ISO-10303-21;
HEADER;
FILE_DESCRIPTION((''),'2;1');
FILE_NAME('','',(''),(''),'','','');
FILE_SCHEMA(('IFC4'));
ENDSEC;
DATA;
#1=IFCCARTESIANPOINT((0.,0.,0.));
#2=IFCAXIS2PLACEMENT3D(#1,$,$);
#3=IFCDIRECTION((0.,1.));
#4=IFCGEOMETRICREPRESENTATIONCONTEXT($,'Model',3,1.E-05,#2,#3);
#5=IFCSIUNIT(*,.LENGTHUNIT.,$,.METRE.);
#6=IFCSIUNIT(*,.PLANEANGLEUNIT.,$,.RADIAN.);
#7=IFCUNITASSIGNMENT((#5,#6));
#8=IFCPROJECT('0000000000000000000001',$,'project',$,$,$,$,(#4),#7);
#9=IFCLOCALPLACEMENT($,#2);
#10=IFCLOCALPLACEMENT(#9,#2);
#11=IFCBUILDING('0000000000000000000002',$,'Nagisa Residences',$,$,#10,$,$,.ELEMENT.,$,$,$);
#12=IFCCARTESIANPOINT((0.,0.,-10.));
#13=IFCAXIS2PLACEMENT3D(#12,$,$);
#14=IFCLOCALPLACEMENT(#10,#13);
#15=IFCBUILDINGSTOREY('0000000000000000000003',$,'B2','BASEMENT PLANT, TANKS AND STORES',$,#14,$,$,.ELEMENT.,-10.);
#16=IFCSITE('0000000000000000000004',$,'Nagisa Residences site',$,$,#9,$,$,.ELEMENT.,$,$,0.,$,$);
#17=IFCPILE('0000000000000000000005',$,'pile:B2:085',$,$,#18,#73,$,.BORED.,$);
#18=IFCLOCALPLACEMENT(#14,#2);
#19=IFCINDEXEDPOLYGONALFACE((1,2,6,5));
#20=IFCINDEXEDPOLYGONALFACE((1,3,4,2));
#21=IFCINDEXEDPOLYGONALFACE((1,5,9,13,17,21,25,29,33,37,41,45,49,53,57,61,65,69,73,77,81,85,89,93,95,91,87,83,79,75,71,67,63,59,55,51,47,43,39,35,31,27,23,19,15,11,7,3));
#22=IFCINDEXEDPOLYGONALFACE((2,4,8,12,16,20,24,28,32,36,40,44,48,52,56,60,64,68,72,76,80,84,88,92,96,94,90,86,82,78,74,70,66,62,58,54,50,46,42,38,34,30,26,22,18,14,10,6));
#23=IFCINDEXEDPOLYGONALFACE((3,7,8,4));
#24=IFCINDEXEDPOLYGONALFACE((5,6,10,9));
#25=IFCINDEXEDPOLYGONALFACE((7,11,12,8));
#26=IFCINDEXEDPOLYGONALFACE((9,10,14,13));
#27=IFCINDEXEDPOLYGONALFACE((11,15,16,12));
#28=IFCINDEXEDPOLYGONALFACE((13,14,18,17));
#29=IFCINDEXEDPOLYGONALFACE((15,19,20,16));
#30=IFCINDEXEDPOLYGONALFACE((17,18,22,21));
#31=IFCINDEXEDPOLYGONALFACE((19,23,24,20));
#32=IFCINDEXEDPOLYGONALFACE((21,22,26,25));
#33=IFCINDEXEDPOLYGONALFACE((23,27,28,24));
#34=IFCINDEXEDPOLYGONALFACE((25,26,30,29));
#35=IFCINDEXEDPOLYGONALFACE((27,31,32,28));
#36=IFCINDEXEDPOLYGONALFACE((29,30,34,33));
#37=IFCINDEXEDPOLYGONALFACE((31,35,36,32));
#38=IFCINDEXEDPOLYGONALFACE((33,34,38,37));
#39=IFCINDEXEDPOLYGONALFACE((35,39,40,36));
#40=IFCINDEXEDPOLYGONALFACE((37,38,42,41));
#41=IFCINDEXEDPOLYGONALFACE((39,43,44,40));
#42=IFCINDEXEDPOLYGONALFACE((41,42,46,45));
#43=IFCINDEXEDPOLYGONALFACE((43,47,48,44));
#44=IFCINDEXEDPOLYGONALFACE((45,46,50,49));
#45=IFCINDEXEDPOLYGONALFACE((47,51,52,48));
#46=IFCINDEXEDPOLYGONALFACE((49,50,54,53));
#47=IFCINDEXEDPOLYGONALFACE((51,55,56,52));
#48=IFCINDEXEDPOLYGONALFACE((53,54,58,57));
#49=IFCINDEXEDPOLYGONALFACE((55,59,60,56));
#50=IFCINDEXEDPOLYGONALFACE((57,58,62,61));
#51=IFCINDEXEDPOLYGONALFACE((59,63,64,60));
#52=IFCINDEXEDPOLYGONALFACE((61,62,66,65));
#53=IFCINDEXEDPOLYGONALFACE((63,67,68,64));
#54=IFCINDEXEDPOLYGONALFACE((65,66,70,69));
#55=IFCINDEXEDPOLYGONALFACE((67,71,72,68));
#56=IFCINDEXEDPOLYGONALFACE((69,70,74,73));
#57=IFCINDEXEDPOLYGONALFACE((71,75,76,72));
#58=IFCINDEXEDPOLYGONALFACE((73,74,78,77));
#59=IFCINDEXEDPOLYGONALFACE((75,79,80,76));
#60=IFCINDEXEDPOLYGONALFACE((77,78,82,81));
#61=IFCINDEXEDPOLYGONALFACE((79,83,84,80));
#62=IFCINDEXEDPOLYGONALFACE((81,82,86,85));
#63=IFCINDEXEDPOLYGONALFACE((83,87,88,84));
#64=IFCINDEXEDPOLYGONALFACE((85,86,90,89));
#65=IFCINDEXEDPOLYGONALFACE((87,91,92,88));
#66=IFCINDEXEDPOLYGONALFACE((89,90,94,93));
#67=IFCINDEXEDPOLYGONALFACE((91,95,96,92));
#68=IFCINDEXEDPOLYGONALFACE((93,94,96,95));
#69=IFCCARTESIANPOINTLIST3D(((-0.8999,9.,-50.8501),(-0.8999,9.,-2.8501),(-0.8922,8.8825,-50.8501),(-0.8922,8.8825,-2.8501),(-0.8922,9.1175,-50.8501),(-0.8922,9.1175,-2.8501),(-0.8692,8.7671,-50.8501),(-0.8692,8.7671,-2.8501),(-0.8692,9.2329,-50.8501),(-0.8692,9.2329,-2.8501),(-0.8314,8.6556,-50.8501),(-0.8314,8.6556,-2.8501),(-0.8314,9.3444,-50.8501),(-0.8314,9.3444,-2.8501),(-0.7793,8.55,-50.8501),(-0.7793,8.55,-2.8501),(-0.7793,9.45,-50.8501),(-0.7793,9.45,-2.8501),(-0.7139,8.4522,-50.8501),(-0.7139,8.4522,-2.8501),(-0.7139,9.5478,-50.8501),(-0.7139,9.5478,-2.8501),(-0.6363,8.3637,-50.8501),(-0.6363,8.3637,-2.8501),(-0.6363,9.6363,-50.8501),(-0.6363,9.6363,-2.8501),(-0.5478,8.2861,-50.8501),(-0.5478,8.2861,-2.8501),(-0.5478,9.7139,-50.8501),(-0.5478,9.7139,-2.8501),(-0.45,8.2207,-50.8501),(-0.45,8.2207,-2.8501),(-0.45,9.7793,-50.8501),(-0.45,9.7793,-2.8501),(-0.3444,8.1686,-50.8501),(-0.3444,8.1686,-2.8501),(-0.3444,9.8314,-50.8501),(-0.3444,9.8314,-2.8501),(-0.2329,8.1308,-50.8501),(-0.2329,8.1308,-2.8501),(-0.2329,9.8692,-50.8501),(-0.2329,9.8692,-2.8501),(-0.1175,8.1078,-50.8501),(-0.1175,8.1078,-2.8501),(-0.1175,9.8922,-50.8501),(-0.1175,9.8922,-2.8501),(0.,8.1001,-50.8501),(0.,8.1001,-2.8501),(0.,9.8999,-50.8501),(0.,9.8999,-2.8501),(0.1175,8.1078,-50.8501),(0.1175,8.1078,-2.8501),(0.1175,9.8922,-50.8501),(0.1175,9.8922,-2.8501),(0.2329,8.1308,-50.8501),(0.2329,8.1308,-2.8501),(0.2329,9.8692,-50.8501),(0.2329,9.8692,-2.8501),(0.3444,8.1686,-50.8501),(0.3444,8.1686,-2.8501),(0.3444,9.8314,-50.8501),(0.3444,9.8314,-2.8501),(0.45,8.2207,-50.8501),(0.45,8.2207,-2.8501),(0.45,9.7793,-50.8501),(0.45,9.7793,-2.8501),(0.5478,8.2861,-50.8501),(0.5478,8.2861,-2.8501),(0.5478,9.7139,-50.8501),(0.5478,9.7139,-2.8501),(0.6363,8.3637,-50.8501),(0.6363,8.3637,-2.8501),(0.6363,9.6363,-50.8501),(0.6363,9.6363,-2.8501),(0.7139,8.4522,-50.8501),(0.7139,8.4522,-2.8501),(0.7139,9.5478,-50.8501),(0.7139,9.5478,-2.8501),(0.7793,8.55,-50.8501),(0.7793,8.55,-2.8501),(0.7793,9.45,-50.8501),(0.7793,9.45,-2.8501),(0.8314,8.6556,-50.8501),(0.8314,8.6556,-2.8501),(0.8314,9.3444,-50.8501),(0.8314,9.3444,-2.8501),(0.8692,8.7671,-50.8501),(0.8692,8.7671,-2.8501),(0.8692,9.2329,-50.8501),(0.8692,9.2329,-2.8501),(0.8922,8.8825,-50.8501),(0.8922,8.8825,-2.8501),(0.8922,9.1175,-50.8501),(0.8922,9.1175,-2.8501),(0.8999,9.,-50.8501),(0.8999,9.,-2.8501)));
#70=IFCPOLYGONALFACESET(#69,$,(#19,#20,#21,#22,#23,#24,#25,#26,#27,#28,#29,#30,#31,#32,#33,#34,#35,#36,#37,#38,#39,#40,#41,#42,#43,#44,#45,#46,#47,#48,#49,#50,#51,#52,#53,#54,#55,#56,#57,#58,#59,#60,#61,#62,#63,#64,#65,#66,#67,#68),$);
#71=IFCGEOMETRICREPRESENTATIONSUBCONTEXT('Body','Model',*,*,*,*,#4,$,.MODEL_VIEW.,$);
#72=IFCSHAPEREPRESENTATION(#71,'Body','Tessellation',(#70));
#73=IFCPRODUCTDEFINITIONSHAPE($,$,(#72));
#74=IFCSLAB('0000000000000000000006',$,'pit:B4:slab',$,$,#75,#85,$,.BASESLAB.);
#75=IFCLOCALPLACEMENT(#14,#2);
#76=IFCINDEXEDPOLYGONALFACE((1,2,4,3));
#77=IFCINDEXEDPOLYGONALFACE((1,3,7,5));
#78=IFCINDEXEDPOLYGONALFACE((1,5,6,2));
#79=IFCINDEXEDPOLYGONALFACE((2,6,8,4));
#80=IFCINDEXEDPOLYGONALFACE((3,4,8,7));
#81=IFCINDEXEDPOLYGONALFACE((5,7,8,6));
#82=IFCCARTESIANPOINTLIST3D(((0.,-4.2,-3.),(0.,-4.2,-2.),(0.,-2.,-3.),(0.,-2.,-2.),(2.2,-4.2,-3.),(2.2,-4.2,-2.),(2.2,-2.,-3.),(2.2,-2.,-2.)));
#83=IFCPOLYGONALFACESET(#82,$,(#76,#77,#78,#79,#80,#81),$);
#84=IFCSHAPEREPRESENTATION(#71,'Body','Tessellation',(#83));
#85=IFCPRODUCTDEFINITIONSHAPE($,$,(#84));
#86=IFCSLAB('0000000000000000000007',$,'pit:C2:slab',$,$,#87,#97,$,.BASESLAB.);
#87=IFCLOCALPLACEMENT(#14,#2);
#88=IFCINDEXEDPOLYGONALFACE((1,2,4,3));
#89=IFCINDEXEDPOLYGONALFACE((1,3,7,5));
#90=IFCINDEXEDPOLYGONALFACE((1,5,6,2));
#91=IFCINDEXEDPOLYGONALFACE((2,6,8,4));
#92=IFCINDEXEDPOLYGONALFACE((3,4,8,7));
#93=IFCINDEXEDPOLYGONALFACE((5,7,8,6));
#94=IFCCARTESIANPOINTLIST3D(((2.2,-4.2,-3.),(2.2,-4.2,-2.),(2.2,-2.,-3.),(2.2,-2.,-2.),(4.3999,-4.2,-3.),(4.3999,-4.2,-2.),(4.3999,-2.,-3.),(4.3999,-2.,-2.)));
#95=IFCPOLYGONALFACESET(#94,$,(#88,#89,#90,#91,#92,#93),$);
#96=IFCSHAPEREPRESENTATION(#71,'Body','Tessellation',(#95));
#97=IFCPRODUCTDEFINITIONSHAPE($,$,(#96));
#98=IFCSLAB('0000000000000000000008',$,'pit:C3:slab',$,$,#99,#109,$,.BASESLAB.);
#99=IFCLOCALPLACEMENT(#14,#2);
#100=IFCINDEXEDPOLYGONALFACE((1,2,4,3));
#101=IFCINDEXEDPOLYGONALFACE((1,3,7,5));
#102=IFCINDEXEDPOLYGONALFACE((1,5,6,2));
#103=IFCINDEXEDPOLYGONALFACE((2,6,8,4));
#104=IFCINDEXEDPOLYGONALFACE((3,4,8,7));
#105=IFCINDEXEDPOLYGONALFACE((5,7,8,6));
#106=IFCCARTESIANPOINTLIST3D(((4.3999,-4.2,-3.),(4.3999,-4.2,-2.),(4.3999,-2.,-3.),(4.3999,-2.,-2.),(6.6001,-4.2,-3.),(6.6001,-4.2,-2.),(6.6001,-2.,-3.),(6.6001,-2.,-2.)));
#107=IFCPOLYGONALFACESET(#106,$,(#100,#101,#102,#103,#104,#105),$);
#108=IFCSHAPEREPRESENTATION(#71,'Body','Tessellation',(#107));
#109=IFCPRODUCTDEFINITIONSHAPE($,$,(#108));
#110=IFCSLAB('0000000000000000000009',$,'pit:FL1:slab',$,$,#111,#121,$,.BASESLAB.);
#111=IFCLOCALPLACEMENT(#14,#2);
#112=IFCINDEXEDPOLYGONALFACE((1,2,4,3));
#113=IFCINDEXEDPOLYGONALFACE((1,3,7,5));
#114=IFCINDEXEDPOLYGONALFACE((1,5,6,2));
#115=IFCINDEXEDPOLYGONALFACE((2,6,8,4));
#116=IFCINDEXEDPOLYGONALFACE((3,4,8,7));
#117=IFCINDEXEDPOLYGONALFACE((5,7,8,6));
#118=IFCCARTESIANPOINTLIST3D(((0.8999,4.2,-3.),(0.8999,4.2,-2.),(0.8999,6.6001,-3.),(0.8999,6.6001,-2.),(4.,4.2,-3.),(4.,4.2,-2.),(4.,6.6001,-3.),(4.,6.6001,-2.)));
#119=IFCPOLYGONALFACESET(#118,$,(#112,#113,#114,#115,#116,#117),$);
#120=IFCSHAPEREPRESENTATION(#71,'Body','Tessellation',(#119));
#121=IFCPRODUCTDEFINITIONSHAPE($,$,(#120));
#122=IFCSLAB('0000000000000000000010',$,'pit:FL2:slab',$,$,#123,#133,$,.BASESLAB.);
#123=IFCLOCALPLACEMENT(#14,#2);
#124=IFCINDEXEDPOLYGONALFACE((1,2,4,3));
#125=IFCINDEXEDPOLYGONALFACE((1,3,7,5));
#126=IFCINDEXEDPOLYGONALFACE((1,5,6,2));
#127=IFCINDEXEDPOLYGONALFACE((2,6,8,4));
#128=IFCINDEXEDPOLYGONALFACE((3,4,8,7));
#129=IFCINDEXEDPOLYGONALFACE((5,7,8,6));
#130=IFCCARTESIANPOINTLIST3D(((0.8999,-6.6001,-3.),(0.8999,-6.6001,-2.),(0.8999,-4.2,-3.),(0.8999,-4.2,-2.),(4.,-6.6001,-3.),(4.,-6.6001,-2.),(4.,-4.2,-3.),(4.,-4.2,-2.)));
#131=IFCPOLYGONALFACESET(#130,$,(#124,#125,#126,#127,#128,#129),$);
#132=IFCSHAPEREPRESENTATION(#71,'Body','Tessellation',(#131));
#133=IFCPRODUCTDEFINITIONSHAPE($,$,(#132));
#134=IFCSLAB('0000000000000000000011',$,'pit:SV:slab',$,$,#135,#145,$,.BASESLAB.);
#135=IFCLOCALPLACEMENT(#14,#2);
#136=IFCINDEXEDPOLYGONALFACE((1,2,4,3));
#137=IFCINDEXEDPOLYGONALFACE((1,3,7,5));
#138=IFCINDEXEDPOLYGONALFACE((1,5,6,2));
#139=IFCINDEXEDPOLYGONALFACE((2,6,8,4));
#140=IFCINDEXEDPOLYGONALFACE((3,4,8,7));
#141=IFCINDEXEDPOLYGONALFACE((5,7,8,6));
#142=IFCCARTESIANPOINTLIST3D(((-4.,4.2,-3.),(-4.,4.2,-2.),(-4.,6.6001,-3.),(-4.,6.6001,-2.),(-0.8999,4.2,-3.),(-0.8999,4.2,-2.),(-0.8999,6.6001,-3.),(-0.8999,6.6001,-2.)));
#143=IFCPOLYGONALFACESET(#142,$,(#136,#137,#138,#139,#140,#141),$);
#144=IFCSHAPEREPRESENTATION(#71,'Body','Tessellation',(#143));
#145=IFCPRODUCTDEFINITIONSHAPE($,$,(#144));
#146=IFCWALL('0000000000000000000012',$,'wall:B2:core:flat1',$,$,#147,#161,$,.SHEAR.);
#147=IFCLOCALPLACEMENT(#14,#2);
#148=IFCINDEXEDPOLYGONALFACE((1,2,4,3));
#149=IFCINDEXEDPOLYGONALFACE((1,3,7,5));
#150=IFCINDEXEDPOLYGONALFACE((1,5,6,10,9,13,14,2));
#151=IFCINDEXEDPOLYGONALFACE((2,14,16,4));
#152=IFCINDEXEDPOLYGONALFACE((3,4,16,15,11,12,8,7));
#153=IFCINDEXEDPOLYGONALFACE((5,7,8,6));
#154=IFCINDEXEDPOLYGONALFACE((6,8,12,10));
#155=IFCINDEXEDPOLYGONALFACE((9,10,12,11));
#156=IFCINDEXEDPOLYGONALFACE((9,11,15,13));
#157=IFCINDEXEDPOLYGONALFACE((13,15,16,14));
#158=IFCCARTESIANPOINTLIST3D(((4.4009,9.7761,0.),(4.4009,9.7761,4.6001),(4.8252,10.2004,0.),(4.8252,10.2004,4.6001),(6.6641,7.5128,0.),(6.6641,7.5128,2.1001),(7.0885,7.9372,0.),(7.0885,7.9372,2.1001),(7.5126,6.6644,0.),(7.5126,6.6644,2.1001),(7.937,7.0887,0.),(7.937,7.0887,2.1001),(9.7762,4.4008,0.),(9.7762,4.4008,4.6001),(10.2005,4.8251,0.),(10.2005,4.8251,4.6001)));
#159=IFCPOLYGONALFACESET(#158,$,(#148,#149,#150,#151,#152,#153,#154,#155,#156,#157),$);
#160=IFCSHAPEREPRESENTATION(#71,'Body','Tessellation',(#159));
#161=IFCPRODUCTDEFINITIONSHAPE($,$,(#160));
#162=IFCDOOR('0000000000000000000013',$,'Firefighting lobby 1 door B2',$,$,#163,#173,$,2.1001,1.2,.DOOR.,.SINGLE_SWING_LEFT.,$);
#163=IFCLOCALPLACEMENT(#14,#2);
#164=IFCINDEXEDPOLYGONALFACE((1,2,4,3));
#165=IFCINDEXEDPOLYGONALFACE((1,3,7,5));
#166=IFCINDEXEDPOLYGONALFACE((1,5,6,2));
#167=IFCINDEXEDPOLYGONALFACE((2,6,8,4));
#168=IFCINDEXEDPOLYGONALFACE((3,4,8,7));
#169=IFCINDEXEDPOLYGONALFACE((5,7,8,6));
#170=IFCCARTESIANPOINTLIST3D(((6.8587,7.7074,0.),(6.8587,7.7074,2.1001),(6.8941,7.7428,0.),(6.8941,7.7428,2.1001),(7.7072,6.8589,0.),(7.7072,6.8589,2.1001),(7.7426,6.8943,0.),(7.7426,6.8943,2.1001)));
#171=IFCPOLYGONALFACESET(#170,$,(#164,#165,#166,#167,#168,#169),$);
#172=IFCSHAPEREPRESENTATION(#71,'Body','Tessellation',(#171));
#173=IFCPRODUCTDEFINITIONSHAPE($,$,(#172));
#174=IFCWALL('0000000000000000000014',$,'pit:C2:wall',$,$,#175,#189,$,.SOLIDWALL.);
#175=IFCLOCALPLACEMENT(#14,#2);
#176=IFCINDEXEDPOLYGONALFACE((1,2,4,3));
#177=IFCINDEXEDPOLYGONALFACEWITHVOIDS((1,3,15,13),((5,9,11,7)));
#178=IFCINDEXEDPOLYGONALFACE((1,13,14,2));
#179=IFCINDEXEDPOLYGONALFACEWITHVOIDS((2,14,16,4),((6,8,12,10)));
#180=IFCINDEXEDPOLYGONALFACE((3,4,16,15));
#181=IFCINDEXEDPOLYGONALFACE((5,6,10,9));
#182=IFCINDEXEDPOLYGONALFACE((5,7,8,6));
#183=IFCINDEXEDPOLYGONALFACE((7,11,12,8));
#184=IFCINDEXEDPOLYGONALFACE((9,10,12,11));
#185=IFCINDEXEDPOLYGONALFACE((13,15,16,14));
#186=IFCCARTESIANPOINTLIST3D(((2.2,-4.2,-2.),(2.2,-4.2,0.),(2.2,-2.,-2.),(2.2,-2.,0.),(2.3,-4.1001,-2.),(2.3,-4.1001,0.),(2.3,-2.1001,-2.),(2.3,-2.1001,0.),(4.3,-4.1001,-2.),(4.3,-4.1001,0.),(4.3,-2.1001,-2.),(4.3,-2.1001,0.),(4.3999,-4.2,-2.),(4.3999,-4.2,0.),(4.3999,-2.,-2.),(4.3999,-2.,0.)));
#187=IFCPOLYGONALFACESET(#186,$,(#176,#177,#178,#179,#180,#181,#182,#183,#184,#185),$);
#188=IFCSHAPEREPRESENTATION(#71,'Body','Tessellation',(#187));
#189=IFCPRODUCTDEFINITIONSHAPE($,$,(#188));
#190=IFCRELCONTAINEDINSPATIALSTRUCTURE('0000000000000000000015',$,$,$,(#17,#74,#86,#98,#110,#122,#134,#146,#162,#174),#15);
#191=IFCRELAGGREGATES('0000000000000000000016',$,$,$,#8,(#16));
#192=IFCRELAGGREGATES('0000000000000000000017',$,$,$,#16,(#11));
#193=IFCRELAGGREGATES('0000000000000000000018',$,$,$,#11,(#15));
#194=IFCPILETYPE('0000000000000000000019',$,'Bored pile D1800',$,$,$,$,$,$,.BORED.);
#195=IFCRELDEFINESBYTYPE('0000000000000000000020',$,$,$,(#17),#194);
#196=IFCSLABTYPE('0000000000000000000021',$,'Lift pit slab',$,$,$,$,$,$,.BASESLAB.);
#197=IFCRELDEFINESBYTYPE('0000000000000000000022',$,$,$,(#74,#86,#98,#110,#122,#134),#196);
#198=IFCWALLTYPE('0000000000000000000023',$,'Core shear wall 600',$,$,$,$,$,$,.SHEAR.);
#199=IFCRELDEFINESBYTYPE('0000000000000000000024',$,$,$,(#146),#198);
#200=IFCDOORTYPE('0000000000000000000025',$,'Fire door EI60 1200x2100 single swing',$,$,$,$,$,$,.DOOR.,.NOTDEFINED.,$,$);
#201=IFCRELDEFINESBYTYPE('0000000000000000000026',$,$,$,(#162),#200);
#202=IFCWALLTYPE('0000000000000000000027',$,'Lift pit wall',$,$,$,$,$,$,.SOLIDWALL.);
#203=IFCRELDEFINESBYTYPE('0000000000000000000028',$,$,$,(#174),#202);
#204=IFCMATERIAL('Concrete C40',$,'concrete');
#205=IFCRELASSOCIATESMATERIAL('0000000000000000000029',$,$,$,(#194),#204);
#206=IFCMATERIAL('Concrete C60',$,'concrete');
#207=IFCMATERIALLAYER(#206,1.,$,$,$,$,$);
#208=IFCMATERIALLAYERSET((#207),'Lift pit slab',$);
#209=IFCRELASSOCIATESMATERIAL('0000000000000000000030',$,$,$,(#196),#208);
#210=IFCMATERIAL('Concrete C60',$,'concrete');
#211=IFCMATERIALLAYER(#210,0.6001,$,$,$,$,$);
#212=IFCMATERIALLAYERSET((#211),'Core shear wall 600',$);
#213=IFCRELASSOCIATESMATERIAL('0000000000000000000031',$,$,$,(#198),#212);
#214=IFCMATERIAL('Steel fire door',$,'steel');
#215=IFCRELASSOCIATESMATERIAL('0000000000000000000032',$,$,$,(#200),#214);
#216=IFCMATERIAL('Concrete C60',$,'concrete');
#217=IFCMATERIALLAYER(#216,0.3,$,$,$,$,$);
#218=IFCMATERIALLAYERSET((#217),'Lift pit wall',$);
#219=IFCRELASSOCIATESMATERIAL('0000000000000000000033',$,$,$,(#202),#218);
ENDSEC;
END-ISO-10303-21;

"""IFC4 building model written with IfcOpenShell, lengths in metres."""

from ifc_helpers import new_model, si_unit, direction, frame, frame_2d, origin, origin_2d, place, context, subcontext, project, spatial, polyline, rectangle, circle, outline, extrude, material, layer, layer_set, material_profile, profile_set, type_object, element, fill, save


model = new_model("IFC4")

# Units and contexts
model_context = context("Model", 3, precision=1e-05, world=origin(), true_north=direction((0.0, 1.0)))
body_context = subcontext(model_context, "Body", "Model", "MODEL_VIEW")
ifc_project = project(units=[si_unit("LENGTHUNIT", "METRE"), si_unit("PLANEANGLEUNIT", "RADIAN")], contexts=[model_context])

# Site, building, storey
site_placement = place(None, origin())
site = spatial("IfcSite", under=ifc_project, at=site_placement, Name="Nagisa Residences site", CompositionType="ELEMENT", RefElevation=0.0)
building_placement = place(site_placement, origin())
building = spatial("IfcBuilding", under=site, at=building_placement, Name="Nagisa Residences", CompositionType="ELEMENT")
storey_placement = place(building_placement, frame((0.0, 0.0, -10.0)))
storey = spatial("IfcBuildingStorey", under=building, at=storey_placement, Name="B2", Description="BASEMENT PLANT, TANKS AND STORES", CompositionType="ELEMENT", Elevation=-10.0)

# Pile
ifc_material_1 = material(Name="Concrete C40", Category="concrete")
ifc_material_profile = material_profile(ifc_material_1, circle(Radius=0.8999, at=origin_2d()), Name="Bored pile D1800")
ifc_profile_set = profile_set([ifc_material_profile], Name="Concrete C40")
pile_type = type_object("IfcPileType", Name="Bored pile D1800", PredefinedType="BORED", material=ifc_profile_set)
pile_placement = place(storey_placement, frame((0.0, 9.0, -2.8501), z_axis=(0.0, 0.0, -1.0), x_axis=(1.0, 0.0, 0.0)))
element("IfcPile", 1, at=pile_placement, inside=storey, type_object=pile_type, Name="pile:B2:085", PredefinedType="BORED", context=body_context, shape_type="SweptSolid", body=[
    extrude(circle(Radius=0.8999, at=origin_2d()), origin(), (0.0, 0.0, 1.0), 48.0),
])

# Slabs
ifc_material_2 = material(Name="Concrete C60", Category="concrete")
ifc_layer_1 = layer(ifc_material_2, 1.0)
ifc_layer_set_1 = layer_set([ifc_layer_1], Name="Lift pit slab")
slab_type = type_object("IfcSlabType", Name="Lift pit slab", PredefinedType="BASESLAB", material=ifc_layer_set_1)
slab_1_placement = place(storey_placement, frame((0.0, 0.0, -3.0)))
element("IfcSlab", 2, at=slab_1_placement, inside=storey, type_object=slab_type, Name="pit:B4:slab", PredefinedType="BASESLAB", context=body_context, shape_type="SweptSolid", body=[
    extrude(outline(polyline([(2.2, -4.2), (0.0, -4.2), (0.0, -2.0), (2.2, -2.0), (2.2, -4.2)])), origin(), (0.0, 0.0, 1.0), 1.0),
])
slab_2_placement = place(storey_placement, frame((0.0, 0.0, -3.0)))
element("IfcSlab", 3, at=slab_2_placement, inside=storey, type_object=slab_type, Name="pit:C2:slab", PredefinedType="BASESLAB", context=body_context, shape_type="SweptSolid", body=[
    extrude(outline(polyline([(4.3999, -4.2), (2.2, -4.2), (2.2, -2.0), (4.3999, -2.0), (4.3999, -4.2)])), origin(), (0.0, 0.0, 1.0), 1.0),
])
slab_3_placement = place(storey_placement, frame((0.0, 0.0, -3.0)))
element("IfcSlab", 4, at=slab_3_placement, inside=storey, type_object=slab_type, Name="pit:C3:slab", PredefinedType="BASESLAB", context=body_context, shape_type="SweptSolid", body=[
    extrude(outline(polyline([(6.6001, -4.2), (4.3999, -4.2), (4.3999, -2.0), (6.6001, -2.0), (6.6001, -4.2)])), origin(), (0.0, 0.0, 1.0), 1.0),
])
slab_4_placement = place(storey_placement, frame((0.0, 0.0, -3.0)))
element("IfcSlab", 5, at=slab_4_placement, inside=storey, type_object=slab_type, Name="pit:FL1:slab", PredefinedType="BASESLAB", context=body_context, shape_type="SweptSolid", body=[
    extrude(outline(polyline([(4.0, 4.2), (0.8999, 4.2), (0.8999, 6.6001), (4.0, 6.6001), (4.0, 4.2)])), origin(), (0.0, 0.0, 1.0), 1.0),
])
slab_5_placement = place(storey_placement, frame((0.0, 0.0, -3.0)))
element("IfcSlab", 6, at=slab_5_placement, inside=storey, type_object=slab_type, Name="pit:FL2:slab", PredefinedType="BASESLAB", context=body_context, shape_type="SweptSolid", body=[
    extrude(outline(polyline([(4.0, -6.6001), (0.8999, -6.6001), (0.8999, -4.2), (4.0, -4.2), (4.0, -6.6001)])), origin(), (0.0, 0.0, 1.0), 1.0),
])
slab_6_placement = place(storey_placement, frame((0.0, 0.0, -3.0)))
element("IfcSlab", 7, at=slab_6_placement, inside=storey, type_object=slab_type, Name="pit:SV:slab", PredefinedType="BASESLAB", context=body_context, shape_type="SweptSolid", body=[
    extrude(outline(polyline([(-0.8999, 4.2), (-4.0, 4.2), (-4.0, 6.6001), (-0.8999, 6.6001), (-0.8999, 4.2)])), origin(), (0.0, 0.0, 1.0), 1.0),
])

# Wall, opening, door
ifc_material_3 = material(Name="Concrete C60", Category="concrete")
ifc_layer_2 = layer(ifc_material_3, 0.6001)
ifc_layer_set_2 = layer_set([ifc_layer_2], Name="Core shear wall 600")
wall_type_1 = type_object("IfcWallType", Name="Core shear wall 600", PredefinedType="SHEAR", material=ifc_layer_set_2)
wall_1_placement = place(storey_placement, frame((9.9883, 4.613, 0.0), z_axis=(0.0, 0.0, 1.0), x_axis=(-0.707107, 0.707107, 0.0)))
wall_1 = element("IfcWall", 8, at=wall_1_placement, inside=storey, type_object=wall_type_1, Name="wall:B2:core:flat1", PredefinedType="SHEAR", context=body_context, shape_type="SweptSolid", body=[
    extrude(rectangle(XDim=7.6018, YDim=0.6001, at=frame_2d((3.8008, 0.0))), origin(), (0.0, 0.0, 1.0), 4.6001),
])
opening_1_placement = place(wall_1_placement, frame((3.2009, 0.0, 0.0)))
opening_1 = element("IfcOpeningElement", 9, at=opening_1_placement, cuts=wall_1, PredefinedType="OPENING", context=body_context, shape_type="SweptSolid", body=[
    extrude(rectangle(XDim=1.2, YDim=2.1001, at=frame_2d((0.6001, 1.05))), frame((0.0, 0.3101, 0.0), z_axis=(0.0, -1.0, 0.0), x_axis=(1.0, 0.0, 0.0)), (0.0, 0.0, 1.0), 0.6201),
])
ifc_material_4 = material(Name="Steel fire door", Category="steel")
door_type_1 = type_object("IfcDoorType", Name="Fire door EI60 1200x2100 single swing", OperationType="NOTDEFINED", PredefinedType="DOOR", material=ifc_material_4)
door_1_placement = place(opening_1_placement, origin())
door_1 = element("IfcDoor", 10, at=door_1_placement, inside=storey, type_object=door_type_1, Name="Firefighting lobby 1 door B2", OperationType="SINGLE_SWING_LEFT", OverallHeight=2.1001, OverallWidth=1.2, PredefinedType="DOOR", context=body_context, shape_type="SweptSolid", body=[
    extrude(rectangle(XDim=1.2, YDim=2.1001, at=frame_2d((0.6001, 1.05))), frame((0.0, 0.0249, 0.0), z_axis=(0.0, -1.0, 0.0), x_axis=(1.0, 0.0, 0.0)), (0.0, 0.0, 1.0), 0.05),
])
fill(opening_1, door_1)

# Wall
ifc_material_5 = material(Name="Concrete C60", Category="concrete")
ifc_layer_3 = layer(ifc_material_5, 0.3)
ifc_layer_set_3 = layer_set([ifc_layer_3], Name="Lift pit wall")
wall_type_2 = type_object("IfcWallType", Name="Lift pit wall", PredefinedType="SOLIDWALL", material=ifc_layer_set_3)
wall_2_placement = place(storey_placement, frame((0.0, 0.0, -2.0)))
element("IfcWall", 11, at=wall_2_placement, inside=storey, type_object=wall_type_2, Name="pit:C2:wall", PredefinedType="SOLIDWALL", context=body_context, shape_type="SweptSolid", body=[
    extrude(outline(polyline([(4.3999, -4.2), (2.2, -4.2), (2.2, -2.0), (4.3999, -2.0), (4.3999, -4.2)]), holes=[polyline([(4.3, -4.1001), (4.3, -2.1001), (2.3, -2.1001), (2.3, -4.1001), (4.3, -4.1001)])]), origin(), (0.0, 0.0, 1.0), 2.0),
])

save(model, "model.ifc")
